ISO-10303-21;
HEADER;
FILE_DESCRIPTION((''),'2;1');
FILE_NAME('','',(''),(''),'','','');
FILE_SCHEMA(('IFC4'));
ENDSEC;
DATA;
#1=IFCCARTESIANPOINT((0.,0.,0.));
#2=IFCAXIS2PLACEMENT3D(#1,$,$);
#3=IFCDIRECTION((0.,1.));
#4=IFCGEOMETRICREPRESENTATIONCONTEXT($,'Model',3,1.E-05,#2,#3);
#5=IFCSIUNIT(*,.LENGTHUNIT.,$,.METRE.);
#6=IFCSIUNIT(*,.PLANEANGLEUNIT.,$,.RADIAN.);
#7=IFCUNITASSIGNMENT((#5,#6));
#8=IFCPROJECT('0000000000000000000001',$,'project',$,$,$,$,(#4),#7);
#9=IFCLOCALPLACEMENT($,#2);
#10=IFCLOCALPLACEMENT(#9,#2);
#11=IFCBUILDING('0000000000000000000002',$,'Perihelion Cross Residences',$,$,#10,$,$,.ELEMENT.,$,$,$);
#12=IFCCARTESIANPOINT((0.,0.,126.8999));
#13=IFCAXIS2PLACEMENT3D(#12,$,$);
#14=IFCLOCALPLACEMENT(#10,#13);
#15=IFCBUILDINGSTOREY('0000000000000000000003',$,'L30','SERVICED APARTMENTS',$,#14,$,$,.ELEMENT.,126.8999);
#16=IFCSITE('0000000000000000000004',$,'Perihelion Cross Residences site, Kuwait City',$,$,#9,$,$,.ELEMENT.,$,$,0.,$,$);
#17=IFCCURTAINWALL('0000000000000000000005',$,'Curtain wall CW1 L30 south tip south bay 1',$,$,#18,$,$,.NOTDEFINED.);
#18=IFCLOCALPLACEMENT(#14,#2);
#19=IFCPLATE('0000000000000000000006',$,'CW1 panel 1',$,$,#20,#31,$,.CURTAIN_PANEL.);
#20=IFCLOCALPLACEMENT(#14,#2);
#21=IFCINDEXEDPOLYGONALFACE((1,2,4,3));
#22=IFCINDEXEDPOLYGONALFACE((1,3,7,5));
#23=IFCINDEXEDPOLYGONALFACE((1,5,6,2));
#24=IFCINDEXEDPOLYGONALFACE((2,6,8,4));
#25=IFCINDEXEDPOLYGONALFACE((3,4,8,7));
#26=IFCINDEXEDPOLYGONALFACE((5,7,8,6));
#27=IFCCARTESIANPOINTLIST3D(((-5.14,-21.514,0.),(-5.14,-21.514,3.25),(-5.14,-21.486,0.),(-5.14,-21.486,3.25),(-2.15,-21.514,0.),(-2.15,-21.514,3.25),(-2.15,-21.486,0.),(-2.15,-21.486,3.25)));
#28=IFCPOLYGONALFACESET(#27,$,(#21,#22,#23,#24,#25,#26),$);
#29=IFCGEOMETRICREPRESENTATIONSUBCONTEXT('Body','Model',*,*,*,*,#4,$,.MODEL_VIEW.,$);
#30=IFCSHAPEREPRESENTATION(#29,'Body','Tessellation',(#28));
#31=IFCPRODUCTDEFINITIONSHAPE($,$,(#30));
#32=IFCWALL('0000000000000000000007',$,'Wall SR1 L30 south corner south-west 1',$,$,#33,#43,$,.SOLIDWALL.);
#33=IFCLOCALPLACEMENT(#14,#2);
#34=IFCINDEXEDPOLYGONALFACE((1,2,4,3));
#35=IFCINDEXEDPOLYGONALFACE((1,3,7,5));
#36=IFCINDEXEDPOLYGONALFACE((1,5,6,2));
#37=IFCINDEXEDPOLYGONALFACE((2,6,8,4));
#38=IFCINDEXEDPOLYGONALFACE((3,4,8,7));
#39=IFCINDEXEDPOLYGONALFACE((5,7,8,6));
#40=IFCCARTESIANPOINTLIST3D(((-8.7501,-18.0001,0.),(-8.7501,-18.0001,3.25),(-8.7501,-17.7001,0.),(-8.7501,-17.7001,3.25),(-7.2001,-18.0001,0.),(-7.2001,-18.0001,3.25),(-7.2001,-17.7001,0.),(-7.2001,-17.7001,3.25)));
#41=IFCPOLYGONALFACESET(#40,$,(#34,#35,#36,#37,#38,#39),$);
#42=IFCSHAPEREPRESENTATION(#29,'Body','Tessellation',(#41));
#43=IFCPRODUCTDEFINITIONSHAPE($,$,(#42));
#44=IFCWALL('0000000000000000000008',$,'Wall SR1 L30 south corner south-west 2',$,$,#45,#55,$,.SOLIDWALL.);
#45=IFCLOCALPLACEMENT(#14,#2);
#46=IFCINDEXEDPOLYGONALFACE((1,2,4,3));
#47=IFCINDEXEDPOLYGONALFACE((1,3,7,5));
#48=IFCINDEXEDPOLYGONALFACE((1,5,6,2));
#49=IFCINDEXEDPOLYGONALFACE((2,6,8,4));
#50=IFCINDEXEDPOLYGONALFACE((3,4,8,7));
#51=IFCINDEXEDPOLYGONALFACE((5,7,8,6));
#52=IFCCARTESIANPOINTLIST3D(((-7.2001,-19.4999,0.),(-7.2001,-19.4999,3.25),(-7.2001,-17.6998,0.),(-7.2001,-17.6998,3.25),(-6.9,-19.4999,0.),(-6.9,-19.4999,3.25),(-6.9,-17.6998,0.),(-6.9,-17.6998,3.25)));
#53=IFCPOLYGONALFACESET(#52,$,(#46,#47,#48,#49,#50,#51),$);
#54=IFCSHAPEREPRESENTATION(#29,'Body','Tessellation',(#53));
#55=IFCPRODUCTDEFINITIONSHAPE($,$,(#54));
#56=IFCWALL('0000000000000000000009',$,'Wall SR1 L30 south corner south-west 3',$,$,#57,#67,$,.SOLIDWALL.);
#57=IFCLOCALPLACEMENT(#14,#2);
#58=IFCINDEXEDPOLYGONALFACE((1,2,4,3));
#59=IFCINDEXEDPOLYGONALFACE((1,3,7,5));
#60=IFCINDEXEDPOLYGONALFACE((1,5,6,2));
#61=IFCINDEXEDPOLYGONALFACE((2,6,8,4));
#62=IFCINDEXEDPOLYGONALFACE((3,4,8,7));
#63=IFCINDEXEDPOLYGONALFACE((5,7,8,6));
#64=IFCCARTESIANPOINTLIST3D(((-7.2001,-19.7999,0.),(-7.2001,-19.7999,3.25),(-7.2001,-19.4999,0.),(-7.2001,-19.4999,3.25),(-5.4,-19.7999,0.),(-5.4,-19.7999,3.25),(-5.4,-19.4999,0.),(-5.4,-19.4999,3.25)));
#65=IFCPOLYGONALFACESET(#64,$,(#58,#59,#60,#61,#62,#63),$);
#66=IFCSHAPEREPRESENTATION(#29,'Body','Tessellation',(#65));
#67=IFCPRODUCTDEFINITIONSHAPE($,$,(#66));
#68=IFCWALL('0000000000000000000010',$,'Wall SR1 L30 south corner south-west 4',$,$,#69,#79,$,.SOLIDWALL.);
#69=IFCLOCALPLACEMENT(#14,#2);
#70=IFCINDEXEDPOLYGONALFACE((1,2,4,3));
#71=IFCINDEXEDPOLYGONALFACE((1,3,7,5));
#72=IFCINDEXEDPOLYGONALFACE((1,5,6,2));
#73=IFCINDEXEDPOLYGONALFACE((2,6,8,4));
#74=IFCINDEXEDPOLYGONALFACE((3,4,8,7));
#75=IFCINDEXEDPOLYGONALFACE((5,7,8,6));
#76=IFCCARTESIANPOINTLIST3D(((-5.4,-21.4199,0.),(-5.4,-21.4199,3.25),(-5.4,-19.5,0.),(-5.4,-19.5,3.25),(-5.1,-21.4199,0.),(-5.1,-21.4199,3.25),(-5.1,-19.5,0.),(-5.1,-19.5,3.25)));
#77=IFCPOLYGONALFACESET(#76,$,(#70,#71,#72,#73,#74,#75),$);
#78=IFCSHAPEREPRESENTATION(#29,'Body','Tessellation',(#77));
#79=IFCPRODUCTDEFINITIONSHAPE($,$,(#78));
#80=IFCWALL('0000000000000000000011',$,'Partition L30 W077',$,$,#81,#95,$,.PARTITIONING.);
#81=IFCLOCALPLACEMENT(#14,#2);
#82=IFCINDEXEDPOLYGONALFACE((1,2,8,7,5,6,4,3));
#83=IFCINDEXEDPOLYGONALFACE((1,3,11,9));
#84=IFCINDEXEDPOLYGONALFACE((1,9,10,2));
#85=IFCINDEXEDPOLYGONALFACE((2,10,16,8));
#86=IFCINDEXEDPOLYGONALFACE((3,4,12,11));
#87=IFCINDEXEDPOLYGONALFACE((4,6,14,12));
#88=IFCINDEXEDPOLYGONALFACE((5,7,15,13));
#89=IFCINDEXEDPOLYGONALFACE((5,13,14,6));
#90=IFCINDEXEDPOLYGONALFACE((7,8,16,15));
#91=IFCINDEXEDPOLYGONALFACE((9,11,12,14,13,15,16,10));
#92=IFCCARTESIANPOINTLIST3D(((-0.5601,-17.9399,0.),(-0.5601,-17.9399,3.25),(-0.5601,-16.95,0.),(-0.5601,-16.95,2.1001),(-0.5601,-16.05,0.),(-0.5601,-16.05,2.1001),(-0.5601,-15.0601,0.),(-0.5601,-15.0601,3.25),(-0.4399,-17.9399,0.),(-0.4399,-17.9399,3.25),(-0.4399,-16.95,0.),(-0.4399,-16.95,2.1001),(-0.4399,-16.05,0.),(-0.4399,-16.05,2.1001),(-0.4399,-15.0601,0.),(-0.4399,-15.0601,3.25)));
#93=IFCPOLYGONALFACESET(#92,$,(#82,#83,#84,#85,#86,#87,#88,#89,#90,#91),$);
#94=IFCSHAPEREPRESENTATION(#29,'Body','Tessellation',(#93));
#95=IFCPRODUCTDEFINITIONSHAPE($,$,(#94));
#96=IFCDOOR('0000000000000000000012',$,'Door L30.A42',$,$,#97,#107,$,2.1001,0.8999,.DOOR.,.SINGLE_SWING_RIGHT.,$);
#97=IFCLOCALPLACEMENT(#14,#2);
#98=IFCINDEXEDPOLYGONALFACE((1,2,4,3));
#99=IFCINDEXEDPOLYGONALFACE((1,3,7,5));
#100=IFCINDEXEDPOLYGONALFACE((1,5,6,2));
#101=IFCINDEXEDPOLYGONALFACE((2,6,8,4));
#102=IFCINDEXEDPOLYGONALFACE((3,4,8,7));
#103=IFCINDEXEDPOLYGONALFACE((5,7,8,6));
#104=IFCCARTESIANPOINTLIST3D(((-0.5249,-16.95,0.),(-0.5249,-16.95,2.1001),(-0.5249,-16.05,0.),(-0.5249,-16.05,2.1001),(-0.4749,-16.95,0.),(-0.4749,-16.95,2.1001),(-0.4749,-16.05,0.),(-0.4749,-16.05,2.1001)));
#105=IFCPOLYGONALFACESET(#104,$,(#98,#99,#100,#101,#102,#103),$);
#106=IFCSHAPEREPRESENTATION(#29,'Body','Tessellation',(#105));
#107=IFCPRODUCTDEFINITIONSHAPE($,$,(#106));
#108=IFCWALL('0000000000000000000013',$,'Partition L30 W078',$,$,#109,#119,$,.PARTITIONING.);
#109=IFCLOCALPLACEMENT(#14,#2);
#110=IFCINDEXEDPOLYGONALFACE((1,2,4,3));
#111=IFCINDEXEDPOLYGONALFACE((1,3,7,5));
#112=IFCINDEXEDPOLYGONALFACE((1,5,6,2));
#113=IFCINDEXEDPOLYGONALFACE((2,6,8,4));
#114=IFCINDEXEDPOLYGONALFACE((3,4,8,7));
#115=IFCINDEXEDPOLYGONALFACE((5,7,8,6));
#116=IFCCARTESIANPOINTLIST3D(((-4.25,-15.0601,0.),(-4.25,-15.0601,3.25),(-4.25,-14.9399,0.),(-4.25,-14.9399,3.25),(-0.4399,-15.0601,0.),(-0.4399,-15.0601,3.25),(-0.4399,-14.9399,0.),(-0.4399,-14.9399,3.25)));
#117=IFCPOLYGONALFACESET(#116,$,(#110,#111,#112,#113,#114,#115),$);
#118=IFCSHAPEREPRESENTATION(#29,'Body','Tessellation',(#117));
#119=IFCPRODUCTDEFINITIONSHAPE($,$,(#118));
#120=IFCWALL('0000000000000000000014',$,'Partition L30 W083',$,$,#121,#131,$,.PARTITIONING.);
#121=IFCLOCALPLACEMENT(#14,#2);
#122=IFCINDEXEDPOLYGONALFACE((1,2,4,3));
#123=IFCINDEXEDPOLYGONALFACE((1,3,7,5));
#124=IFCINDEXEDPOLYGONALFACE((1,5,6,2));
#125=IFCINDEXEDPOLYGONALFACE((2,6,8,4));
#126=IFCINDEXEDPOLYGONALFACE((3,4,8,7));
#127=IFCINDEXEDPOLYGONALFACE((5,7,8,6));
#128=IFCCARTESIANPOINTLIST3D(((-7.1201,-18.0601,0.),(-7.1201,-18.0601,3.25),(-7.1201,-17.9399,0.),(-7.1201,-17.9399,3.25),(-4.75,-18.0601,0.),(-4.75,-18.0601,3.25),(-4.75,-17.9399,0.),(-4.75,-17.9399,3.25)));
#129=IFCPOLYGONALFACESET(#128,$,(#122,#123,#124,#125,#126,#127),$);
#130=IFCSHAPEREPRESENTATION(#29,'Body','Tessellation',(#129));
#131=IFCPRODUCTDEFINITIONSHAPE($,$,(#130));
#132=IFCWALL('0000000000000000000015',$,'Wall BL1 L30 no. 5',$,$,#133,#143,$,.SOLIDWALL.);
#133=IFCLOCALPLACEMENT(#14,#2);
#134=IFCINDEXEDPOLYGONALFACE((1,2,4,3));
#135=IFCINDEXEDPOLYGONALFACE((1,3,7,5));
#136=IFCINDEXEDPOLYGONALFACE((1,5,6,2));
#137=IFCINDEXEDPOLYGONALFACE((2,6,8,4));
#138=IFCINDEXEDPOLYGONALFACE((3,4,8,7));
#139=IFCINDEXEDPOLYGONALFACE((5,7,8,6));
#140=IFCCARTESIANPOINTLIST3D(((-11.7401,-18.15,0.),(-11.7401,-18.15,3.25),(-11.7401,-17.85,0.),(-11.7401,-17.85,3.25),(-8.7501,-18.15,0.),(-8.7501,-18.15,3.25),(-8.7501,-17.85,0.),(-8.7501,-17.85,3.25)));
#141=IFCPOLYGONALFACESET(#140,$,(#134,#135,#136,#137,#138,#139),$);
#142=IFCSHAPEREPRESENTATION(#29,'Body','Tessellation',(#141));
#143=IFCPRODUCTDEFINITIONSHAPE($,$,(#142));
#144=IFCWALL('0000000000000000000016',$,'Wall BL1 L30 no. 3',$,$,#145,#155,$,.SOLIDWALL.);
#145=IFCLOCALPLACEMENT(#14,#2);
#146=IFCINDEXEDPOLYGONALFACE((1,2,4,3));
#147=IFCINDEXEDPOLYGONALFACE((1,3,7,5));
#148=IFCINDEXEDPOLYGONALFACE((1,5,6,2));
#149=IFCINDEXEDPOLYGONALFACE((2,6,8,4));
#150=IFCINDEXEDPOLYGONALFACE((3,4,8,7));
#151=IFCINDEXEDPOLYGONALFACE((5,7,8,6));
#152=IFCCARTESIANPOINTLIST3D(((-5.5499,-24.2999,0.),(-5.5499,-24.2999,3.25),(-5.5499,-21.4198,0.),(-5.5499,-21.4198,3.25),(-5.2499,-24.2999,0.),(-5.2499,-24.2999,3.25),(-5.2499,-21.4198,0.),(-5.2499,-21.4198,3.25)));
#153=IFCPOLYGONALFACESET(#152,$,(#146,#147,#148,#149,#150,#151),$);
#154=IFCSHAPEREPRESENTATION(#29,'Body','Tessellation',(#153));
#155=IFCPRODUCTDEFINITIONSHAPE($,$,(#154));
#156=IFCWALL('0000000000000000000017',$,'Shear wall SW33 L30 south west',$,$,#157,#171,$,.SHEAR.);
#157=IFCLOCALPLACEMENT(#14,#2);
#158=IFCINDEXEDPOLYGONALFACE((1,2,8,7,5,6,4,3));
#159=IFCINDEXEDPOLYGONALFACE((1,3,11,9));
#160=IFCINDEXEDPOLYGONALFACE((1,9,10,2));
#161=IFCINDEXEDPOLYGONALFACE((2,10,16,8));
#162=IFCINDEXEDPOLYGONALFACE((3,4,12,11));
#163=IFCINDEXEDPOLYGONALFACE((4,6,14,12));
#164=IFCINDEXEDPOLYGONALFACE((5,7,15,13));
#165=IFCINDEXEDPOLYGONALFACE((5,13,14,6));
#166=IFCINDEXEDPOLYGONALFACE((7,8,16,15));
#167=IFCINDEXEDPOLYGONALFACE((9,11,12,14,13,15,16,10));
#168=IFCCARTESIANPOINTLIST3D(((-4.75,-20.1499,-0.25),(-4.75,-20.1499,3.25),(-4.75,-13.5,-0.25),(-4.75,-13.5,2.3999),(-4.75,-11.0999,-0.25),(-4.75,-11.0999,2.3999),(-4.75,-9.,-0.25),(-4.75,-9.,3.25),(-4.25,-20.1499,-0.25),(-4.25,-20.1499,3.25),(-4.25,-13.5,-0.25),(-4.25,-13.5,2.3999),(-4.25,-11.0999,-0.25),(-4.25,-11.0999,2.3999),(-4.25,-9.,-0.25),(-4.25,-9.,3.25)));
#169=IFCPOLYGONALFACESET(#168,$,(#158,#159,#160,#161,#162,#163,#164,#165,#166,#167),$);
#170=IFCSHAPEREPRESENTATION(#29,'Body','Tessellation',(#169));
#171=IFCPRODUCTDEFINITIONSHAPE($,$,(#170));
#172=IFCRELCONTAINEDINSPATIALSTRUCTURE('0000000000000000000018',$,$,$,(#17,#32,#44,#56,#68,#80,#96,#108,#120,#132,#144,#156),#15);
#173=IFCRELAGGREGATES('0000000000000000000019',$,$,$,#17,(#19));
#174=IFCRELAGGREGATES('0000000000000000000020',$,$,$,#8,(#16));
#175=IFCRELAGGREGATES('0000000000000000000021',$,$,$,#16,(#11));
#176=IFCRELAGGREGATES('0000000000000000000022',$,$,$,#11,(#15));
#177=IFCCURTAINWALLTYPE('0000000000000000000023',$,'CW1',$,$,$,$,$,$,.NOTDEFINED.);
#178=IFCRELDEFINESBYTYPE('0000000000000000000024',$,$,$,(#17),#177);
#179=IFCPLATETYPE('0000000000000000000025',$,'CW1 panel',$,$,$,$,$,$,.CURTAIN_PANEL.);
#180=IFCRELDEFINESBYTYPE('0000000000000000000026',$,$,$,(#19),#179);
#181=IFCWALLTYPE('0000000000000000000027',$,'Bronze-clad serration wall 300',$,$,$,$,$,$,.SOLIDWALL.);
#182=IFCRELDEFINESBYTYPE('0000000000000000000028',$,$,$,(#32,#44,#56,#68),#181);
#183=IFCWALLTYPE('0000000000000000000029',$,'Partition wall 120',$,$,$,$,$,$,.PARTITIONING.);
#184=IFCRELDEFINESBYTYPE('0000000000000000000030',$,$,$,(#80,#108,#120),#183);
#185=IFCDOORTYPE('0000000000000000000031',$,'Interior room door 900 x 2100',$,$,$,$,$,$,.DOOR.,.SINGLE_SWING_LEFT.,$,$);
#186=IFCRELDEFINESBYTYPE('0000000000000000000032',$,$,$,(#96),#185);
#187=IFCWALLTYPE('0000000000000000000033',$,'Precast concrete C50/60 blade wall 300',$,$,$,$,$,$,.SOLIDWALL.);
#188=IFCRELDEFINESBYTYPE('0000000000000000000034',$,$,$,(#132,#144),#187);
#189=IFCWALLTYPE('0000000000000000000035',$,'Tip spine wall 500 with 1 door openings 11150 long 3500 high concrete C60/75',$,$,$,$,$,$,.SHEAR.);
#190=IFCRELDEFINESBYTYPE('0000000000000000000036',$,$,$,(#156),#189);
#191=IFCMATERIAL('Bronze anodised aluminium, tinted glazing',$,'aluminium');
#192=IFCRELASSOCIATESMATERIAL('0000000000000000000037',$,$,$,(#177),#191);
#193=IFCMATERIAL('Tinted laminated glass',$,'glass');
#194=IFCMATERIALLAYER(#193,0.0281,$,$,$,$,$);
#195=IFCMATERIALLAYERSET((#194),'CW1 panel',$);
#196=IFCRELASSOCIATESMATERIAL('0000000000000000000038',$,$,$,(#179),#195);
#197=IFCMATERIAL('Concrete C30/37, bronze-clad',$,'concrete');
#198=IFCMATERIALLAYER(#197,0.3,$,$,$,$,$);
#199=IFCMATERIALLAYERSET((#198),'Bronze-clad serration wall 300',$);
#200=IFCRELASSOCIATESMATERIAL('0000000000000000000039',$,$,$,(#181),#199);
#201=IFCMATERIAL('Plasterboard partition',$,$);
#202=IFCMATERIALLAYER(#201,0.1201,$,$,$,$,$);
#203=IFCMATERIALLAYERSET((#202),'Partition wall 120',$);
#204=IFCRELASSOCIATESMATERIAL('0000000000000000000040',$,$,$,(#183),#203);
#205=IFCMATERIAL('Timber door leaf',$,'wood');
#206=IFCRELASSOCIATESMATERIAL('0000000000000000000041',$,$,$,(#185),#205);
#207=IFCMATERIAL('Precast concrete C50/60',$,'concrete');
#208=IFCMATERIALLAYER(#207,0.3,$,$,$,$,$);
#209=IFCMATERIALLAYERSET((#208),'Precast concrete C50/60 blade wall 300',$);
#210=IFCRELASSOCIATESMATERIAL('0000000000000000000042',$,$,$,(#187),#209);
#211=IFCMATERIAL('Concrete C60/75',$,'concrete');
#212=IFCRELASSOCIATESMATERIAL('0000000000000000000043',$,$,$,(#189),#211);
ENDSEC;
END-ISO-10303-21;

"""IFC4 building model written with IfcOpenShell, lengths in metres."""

from ifc_helpers import new_model, si_unit, direction, frame, frame_2d, origin, origin_2d, place, context, subcontext, project, spatial, polyline, rectangle, outline, extrude, material, layer, layer_set, material_profile, profile_set, type_object, element, fill, aggregate, save


model = new_model("IFC4")

# Units and contexts
model_context = context("Model", 3, precision=1e-05, world=origin(), true_north=direction((0.0, 1.0)))
body_context = subcontext(model_context, "Body", "Model", "MODEL_VIEW")
ifc_project = project(units=[si_unit("LENGTHUNIT", "METRE"), si_unit("PLANEANGLEUNIT", "RADIAN")], contexts=[model_context])

# Site, building, storey
site_placement = place(None, origin())
site = spatial("IfcSite", under=ifc_project, at=site_placement, Name="Perihelion Cross Residences site, Kuwait City", CompositionType="ELEMENT", RefElevation=0.0)
building_placement = place(site_placement, origin())
building = spatial("IfcBuilding", under=site, at=building_placement, Name="Perihelion Cross Residences", CompositionType="ELEMENT")
storey_placement = place(building_placement, frame((0.0, 0.0, 126.8999)))
storey = spatial("IfcBuildingStorey", under=building, at=storey_placement, Name="L30", Description="SERVICED APARTMENTS", CompositionType="ELEMENT", Elevation=126.8999)

# Curtain wall
ifc_material_1 = material(Name="Bronze anodised aluminium, tinted glazing", Category="aluminium")
curtain_wall_type_1 = type_object("IfcCurtainWallType", Name="CW1", PredefinedType="NOTDEFINED", material=ifc_material_1)
curtain_wall_1_placement = place(storey_placement, origin())
curtain_wall_1 = element("IfcCurtainWall", 1, at=curtain_wall_1_placement, inside=storey, type_object=curtain_wall_type_1, Name="Curtain wall CW1 L30 south tip south bay 1", PredefinedType="NOTDEFINED")

# Plate
ifc_material_2 = material(Name="Tinted laminated glass", Category="glass")
ifc_layer_1 = layer(ifc_material_2, 0.0281)
ifc_layer_set_1 = layer_set([ifc_layer_1], Name="CW1 panel")
plate_type = type_object("IfcPlateType", Name="CW1 panel", PredefinedType="CURTAIN_PANEL", material=ifc_layer_set_1)
plate_placement = place(storey_placement, frame((-3.645, -21.5, 0.0), z_axis=(0.0, 0.0, 1.0), x_axis=(1.0, 0.0, 0.0)))
plate = element("IfcPlate", 2, at=plate_placement, type_object=plate_type, Name="CW1 panel 1", PredefinedType="CURTAIN_PANEL", context=body_context, shape_type="SweptSolid", body=[
    extrude(rectangle(XDim=2.99, YDim=0.0281, at=origin_2d()), origin(), (0.0, 0.0, 1.0), 3.25),
])
aggregate(curtain_wall_1, [plate])

# Walls
ifc_material_3 = material(Name="Concrete C30/37, bronze-clad", Category="concrete")
ifc_layer_2 = layer(ifc_material_3, 0.3)
ifc_layer_set_2 = layer_set([ifc_layer_2], Name="Bronze-clad serration wall 300")
wall_type_1 = type_object("IfcWallType", Name="Bronze-clad serration wall 300", PredefinedType="SOLIDWALL", material=ifc_layer_set_2)
wall_1_placement = place(storey_placement, frame((-8.75, -17.8501, 0.0), z_axis=(0.0, 0.0, 1.0), x_axis=(1.0, 0.0, 0.0)))
element("IfcWall", 3, at=wall_1_placement, inside=storey, type_object=wall_type_1, Name="Wall SR1 L30 south corner south-west 1", PredefinedType="SOLIDWALL", context=body_context, shape_type="SweptSolid", body=[
    extrude(rectangle(XDim=1.55, YDim=0.3, at=frame_2d((0.7749, 0.0))), origin(), (0.0, 0.0, 1.0), 3.25),
])
for number, where, z_axis, x_axis, name in (
    (4, (-7.05, -17.7, 0.0), (0.0, 0.0, 1.0), (0.0, -1.0, 0.0), "Wall SR1 L30 south corner south-west 2"),
    (5, (-7.2, -19.6499, 0.0), (0.0, 0.0, 1.0), (1.0, 0.0, 0.0), "Wall SR1 L30 south corner south-west 3"),
):
    element("IfcWall", number, at=place(storey_placement, frame(where, z_axis=z_axis, x_axis=x_axis)), inside=storey, type_object=wall_type_1, Name=name, PredefinedType="SOLIDWALL", context=body_context, shape_type="SweptSolid", body=[
        extrude(rectangle(XDim=1.8, YDim=0.3, at=frame_2d((0.8999, 0.0))), origin(), (0.0, 0.0, 1.0), 3.25),
    ])
wall_2_placement = place(storey_placement, frame((-5.25, -19.5, 0.0), z_axis=(0.0, 0.0, 1.0), x_axis=(0.0, -1.0, 0.0)))
element("IfcWall", 6, at=wall_2_placement, inside=storey, type_object=wall_type_1, Name="Wall SR1 L30 south corner south-west 4", PredefinedType="SOLIDWALL", context=body_context, shape_type="SweptSolid", body=[
    extrude(rectangle(XDim=1.9199, YDim=0.3, at=frame_2d((0.96, 0.0))), origin(), (0.0, 0.0, 1.0), 3.25),
])

# Wall, opening, door
ifc_material_4 = material(Name="Plasterboard partition")
ifc_layer_3 = layer(ifc_material_4, 0.1201)
ifc_layer_set_3 = layer_set([ifc_layer_3], Name="Partition wall 120")
wall_type_2 = type_object("IfcWallType", Name="Partition wall 120", PredefinedType="PARTITIONING", material=ifc_layer_set_3)
wall_3_placement = place(storey_placement, frame((-0.5, -17.9399, 0.0), z_axis=(0.0, 0.0, 1.0), x_axis=(0.0, 1.0, 0.0)))
wall_3 = element("IfcWall", 7, at=wall_3_placement, inside=storey, type_object=wall_type_2, Name="Partition L30 W077", PredefinedType="PARTITIONING", context=body_context, shape_type="SweptSolid", body=[
    extrude(rectangle(XDim=2.8799, YDim=0.1201, at=frame_2d((1.4399, 0.0))), origin(), (0.0, 0.0, 1.0), 3.25),
])
opening_1_placement = place(wall_3_placement, frame((0.99, 0.0, 0.0)))
opening_1 = element("IfcOpeningElement", 8, at=opening_1_placement, cuts=wall_3, PredefinedType="OPENING", context=body_context, shape_type="SweptSolid", body=[
    extrude(rectangle(XDim=0.8999, YDim=2.1001, at=frame_2d((0.45, 1.05))), frame((0.0, 0.0701, 0.0), z_axis=(0.0, -1.0, 0.0), x_axis=(1.0, 0.0, 0.0)), (0.0, 0.0, 1.0), 0.1401),
])
ifc_material_5 = material(Name="Timber door leaf", Category="wood")
door_type_1 = type_object("IfcDoorType", Name="Interior room door 900 x 2100", OperationType="SINGLE_SWING_LEFT", PredefinedType="DOOR", material=ifc_material_5)
door_1_placement = place(opening_1_placement, origin())
door_1 = element("IfcDoor", 9, at=door_1_placement, inside=storey, type_object=door_type_1, Name="Door L30.A42", OperationType="SINGLE_SWING_RIGHT", OverallHeight=2.1001, OverallWidth=0.8999, PredefinedType="DOOR", context=body_context, shape_type="SweptSolid", body=[
    extrude(rectangle(XDim=0.8999, YDim=2.1001, at=frame_2d((0.45, 1.05))), frame((0.0, 0.0249, 0.0), z_axis=(0.0, -1.0, 0.0), x_axis=(1.0, 0.0, 0.0)), (0.0, 0.0, 1.0), 0.05),
])
fill(opening_1, door_1)

# Walls
wall_4_placement = place(storey_placement, frame((-0.4399, -15.0, 0.0), z_axis=(0.0, 0.0, 1.0), x_axis=(-1.0, 0.0, 0.0)))
element("IfcWall", 10, at=wall_4_placement, inside=storey, type_object=wall_type_2, Name="Partition L30 W078", PredefinedType="PARTITIONING", context=body_context, shape_type="SweptSolid", body=[
    extrude(rectangle(XDim=3.8101, YDim=0.1201, at=frame_2d((1.905, 0.0))), origin(), (0.0, 0.0, 1.0), 3.25),
])
wall_5_placement = place(storey_placement, frame((-4.75, -18.0, 0.0), z_axis=(0.0, 0.0, 1.0), x_axis=(-1.0, 0.0, 0.0)))
element("IfcWall", 11, at=wall_5_placement, inside=storey, type_object=wall_type_2, Name="Partition L30 W083", PredefinedType="PARTITIONING", context=body_context, shape_type="SweptSolid", body=[
    extrude(rectangle(XDim=2.3701, YDim=0.1201, at=frame_2d((1.1851, 0.0))), origin(), (0.0, 0.0, 1.0), 3.25),
])
ifc_material_6 = material(Name="Precast concrete C50/60", Category="concrete")
ifc_layer_4 = layer(ifc_material_6, 0.3)
ifc_layer_set_4 = layer_set([ifc_layer_4], Name="Precast concrete C50/60 blade wall 300")
wall_type_3 = type_object("IfcWallType", Name="Precast concrete C50/60 blade wall 300", PredefinedType="SOLIDWALL", material=ifc_layer_set_4)
wall_6_placement = place(storey_placement, frame((-8.75, -18.0, 0.0), z_axis=(0.0, 0.0, 1.0), x_axis=(-1.0, 0.0, 0.0)))
element("IfcWall", 12, at=wall_6_placement, inside=storey, type_object=wall_type_3, Name="Wall BL1 L30 no. 5", PredefinedType="SOLIDWALL", context=body_context, shape_type="SweptSolid", body=[
    extrude(rectangle(XDim=2.99, YDim=0.3, at=frame_2d((1.4951, 0.0))), origin(), (0.0, 0.0, 1.0), 3.25),
])
wall_7_placement = place(storey_placement, frame((-5.3999, -21.4199, 0.0), z_axis=(0.0, 0.0, 1.0), x_axis=(0.0, -1.0, 0.0)))
element("IfcWall", 13, at=wall_7_placement, inside=storey, type_object=wall_type_3, Name="Wall BL1 L30 no. 3", PredefinedType="SOLIDWALL", context=body_context, shape_type="SweptSolid", body=[
    extrude(rectangle(XDim=2.8801, YDim=0.3, at=frame_2d((1.4399, 0.0))), origin(), (0.0, 0.0, 1.0), 3.25),
])
ifc_material_7 = material(Name="Concrete C60/75", Category="concrete")
ifc_material_profile_1 = material_profile(ifc_material_7, outline(polyline([(0.0, 0.0), (6.6499, 0.0), (6.6499, 2.6499), (9.05, 2.6499), (9.05, 0.0), (11.1499, 0.0), (11.1499, 3.5), (0.0, 3.5), (0.0, 0.0)])), Name="Tip spine wall")
ifc_profile_set_1 = profile_set([ifc_material_profile_1], Name="Concrete C60/75")
wall_type_4 = type_object("IfcWallType", Name="Tip spine wall 500 with 1 door openings 11150 long 3500 high concrete C60/75", PredefinedType="SHEAR", material=ifc_profile_set_1)
wall_8_placement = place(storey_placement, frame((-4.75, -20.1499, -0.25), z_axis=(1.0, 0.0, 0.0), x_axis=(0.0, 1.0, 0.0)))
element("IfcWall", 14, at=wall_8_placement, inside=storey, type_object=wall_type_4, Name="Shear wall SW33 L30 south west", PredefinedType="SHEAR", context=body_context, shape_type="SweptSolid", body=[
    extrude(outline(polyline([(0.0, 0.0), (6.6499, 0.0), (6.6499, 2.6499), (9.05, 2.6499), (9.05, 0.0), (11.1499, 0.0), (11.1499, 3.5), (0.0, 3.5), (0.0, 0.0)])), origin(), (0.0, 0.0, 1.0), 0.5),
])

save(model, "model.ifc")
